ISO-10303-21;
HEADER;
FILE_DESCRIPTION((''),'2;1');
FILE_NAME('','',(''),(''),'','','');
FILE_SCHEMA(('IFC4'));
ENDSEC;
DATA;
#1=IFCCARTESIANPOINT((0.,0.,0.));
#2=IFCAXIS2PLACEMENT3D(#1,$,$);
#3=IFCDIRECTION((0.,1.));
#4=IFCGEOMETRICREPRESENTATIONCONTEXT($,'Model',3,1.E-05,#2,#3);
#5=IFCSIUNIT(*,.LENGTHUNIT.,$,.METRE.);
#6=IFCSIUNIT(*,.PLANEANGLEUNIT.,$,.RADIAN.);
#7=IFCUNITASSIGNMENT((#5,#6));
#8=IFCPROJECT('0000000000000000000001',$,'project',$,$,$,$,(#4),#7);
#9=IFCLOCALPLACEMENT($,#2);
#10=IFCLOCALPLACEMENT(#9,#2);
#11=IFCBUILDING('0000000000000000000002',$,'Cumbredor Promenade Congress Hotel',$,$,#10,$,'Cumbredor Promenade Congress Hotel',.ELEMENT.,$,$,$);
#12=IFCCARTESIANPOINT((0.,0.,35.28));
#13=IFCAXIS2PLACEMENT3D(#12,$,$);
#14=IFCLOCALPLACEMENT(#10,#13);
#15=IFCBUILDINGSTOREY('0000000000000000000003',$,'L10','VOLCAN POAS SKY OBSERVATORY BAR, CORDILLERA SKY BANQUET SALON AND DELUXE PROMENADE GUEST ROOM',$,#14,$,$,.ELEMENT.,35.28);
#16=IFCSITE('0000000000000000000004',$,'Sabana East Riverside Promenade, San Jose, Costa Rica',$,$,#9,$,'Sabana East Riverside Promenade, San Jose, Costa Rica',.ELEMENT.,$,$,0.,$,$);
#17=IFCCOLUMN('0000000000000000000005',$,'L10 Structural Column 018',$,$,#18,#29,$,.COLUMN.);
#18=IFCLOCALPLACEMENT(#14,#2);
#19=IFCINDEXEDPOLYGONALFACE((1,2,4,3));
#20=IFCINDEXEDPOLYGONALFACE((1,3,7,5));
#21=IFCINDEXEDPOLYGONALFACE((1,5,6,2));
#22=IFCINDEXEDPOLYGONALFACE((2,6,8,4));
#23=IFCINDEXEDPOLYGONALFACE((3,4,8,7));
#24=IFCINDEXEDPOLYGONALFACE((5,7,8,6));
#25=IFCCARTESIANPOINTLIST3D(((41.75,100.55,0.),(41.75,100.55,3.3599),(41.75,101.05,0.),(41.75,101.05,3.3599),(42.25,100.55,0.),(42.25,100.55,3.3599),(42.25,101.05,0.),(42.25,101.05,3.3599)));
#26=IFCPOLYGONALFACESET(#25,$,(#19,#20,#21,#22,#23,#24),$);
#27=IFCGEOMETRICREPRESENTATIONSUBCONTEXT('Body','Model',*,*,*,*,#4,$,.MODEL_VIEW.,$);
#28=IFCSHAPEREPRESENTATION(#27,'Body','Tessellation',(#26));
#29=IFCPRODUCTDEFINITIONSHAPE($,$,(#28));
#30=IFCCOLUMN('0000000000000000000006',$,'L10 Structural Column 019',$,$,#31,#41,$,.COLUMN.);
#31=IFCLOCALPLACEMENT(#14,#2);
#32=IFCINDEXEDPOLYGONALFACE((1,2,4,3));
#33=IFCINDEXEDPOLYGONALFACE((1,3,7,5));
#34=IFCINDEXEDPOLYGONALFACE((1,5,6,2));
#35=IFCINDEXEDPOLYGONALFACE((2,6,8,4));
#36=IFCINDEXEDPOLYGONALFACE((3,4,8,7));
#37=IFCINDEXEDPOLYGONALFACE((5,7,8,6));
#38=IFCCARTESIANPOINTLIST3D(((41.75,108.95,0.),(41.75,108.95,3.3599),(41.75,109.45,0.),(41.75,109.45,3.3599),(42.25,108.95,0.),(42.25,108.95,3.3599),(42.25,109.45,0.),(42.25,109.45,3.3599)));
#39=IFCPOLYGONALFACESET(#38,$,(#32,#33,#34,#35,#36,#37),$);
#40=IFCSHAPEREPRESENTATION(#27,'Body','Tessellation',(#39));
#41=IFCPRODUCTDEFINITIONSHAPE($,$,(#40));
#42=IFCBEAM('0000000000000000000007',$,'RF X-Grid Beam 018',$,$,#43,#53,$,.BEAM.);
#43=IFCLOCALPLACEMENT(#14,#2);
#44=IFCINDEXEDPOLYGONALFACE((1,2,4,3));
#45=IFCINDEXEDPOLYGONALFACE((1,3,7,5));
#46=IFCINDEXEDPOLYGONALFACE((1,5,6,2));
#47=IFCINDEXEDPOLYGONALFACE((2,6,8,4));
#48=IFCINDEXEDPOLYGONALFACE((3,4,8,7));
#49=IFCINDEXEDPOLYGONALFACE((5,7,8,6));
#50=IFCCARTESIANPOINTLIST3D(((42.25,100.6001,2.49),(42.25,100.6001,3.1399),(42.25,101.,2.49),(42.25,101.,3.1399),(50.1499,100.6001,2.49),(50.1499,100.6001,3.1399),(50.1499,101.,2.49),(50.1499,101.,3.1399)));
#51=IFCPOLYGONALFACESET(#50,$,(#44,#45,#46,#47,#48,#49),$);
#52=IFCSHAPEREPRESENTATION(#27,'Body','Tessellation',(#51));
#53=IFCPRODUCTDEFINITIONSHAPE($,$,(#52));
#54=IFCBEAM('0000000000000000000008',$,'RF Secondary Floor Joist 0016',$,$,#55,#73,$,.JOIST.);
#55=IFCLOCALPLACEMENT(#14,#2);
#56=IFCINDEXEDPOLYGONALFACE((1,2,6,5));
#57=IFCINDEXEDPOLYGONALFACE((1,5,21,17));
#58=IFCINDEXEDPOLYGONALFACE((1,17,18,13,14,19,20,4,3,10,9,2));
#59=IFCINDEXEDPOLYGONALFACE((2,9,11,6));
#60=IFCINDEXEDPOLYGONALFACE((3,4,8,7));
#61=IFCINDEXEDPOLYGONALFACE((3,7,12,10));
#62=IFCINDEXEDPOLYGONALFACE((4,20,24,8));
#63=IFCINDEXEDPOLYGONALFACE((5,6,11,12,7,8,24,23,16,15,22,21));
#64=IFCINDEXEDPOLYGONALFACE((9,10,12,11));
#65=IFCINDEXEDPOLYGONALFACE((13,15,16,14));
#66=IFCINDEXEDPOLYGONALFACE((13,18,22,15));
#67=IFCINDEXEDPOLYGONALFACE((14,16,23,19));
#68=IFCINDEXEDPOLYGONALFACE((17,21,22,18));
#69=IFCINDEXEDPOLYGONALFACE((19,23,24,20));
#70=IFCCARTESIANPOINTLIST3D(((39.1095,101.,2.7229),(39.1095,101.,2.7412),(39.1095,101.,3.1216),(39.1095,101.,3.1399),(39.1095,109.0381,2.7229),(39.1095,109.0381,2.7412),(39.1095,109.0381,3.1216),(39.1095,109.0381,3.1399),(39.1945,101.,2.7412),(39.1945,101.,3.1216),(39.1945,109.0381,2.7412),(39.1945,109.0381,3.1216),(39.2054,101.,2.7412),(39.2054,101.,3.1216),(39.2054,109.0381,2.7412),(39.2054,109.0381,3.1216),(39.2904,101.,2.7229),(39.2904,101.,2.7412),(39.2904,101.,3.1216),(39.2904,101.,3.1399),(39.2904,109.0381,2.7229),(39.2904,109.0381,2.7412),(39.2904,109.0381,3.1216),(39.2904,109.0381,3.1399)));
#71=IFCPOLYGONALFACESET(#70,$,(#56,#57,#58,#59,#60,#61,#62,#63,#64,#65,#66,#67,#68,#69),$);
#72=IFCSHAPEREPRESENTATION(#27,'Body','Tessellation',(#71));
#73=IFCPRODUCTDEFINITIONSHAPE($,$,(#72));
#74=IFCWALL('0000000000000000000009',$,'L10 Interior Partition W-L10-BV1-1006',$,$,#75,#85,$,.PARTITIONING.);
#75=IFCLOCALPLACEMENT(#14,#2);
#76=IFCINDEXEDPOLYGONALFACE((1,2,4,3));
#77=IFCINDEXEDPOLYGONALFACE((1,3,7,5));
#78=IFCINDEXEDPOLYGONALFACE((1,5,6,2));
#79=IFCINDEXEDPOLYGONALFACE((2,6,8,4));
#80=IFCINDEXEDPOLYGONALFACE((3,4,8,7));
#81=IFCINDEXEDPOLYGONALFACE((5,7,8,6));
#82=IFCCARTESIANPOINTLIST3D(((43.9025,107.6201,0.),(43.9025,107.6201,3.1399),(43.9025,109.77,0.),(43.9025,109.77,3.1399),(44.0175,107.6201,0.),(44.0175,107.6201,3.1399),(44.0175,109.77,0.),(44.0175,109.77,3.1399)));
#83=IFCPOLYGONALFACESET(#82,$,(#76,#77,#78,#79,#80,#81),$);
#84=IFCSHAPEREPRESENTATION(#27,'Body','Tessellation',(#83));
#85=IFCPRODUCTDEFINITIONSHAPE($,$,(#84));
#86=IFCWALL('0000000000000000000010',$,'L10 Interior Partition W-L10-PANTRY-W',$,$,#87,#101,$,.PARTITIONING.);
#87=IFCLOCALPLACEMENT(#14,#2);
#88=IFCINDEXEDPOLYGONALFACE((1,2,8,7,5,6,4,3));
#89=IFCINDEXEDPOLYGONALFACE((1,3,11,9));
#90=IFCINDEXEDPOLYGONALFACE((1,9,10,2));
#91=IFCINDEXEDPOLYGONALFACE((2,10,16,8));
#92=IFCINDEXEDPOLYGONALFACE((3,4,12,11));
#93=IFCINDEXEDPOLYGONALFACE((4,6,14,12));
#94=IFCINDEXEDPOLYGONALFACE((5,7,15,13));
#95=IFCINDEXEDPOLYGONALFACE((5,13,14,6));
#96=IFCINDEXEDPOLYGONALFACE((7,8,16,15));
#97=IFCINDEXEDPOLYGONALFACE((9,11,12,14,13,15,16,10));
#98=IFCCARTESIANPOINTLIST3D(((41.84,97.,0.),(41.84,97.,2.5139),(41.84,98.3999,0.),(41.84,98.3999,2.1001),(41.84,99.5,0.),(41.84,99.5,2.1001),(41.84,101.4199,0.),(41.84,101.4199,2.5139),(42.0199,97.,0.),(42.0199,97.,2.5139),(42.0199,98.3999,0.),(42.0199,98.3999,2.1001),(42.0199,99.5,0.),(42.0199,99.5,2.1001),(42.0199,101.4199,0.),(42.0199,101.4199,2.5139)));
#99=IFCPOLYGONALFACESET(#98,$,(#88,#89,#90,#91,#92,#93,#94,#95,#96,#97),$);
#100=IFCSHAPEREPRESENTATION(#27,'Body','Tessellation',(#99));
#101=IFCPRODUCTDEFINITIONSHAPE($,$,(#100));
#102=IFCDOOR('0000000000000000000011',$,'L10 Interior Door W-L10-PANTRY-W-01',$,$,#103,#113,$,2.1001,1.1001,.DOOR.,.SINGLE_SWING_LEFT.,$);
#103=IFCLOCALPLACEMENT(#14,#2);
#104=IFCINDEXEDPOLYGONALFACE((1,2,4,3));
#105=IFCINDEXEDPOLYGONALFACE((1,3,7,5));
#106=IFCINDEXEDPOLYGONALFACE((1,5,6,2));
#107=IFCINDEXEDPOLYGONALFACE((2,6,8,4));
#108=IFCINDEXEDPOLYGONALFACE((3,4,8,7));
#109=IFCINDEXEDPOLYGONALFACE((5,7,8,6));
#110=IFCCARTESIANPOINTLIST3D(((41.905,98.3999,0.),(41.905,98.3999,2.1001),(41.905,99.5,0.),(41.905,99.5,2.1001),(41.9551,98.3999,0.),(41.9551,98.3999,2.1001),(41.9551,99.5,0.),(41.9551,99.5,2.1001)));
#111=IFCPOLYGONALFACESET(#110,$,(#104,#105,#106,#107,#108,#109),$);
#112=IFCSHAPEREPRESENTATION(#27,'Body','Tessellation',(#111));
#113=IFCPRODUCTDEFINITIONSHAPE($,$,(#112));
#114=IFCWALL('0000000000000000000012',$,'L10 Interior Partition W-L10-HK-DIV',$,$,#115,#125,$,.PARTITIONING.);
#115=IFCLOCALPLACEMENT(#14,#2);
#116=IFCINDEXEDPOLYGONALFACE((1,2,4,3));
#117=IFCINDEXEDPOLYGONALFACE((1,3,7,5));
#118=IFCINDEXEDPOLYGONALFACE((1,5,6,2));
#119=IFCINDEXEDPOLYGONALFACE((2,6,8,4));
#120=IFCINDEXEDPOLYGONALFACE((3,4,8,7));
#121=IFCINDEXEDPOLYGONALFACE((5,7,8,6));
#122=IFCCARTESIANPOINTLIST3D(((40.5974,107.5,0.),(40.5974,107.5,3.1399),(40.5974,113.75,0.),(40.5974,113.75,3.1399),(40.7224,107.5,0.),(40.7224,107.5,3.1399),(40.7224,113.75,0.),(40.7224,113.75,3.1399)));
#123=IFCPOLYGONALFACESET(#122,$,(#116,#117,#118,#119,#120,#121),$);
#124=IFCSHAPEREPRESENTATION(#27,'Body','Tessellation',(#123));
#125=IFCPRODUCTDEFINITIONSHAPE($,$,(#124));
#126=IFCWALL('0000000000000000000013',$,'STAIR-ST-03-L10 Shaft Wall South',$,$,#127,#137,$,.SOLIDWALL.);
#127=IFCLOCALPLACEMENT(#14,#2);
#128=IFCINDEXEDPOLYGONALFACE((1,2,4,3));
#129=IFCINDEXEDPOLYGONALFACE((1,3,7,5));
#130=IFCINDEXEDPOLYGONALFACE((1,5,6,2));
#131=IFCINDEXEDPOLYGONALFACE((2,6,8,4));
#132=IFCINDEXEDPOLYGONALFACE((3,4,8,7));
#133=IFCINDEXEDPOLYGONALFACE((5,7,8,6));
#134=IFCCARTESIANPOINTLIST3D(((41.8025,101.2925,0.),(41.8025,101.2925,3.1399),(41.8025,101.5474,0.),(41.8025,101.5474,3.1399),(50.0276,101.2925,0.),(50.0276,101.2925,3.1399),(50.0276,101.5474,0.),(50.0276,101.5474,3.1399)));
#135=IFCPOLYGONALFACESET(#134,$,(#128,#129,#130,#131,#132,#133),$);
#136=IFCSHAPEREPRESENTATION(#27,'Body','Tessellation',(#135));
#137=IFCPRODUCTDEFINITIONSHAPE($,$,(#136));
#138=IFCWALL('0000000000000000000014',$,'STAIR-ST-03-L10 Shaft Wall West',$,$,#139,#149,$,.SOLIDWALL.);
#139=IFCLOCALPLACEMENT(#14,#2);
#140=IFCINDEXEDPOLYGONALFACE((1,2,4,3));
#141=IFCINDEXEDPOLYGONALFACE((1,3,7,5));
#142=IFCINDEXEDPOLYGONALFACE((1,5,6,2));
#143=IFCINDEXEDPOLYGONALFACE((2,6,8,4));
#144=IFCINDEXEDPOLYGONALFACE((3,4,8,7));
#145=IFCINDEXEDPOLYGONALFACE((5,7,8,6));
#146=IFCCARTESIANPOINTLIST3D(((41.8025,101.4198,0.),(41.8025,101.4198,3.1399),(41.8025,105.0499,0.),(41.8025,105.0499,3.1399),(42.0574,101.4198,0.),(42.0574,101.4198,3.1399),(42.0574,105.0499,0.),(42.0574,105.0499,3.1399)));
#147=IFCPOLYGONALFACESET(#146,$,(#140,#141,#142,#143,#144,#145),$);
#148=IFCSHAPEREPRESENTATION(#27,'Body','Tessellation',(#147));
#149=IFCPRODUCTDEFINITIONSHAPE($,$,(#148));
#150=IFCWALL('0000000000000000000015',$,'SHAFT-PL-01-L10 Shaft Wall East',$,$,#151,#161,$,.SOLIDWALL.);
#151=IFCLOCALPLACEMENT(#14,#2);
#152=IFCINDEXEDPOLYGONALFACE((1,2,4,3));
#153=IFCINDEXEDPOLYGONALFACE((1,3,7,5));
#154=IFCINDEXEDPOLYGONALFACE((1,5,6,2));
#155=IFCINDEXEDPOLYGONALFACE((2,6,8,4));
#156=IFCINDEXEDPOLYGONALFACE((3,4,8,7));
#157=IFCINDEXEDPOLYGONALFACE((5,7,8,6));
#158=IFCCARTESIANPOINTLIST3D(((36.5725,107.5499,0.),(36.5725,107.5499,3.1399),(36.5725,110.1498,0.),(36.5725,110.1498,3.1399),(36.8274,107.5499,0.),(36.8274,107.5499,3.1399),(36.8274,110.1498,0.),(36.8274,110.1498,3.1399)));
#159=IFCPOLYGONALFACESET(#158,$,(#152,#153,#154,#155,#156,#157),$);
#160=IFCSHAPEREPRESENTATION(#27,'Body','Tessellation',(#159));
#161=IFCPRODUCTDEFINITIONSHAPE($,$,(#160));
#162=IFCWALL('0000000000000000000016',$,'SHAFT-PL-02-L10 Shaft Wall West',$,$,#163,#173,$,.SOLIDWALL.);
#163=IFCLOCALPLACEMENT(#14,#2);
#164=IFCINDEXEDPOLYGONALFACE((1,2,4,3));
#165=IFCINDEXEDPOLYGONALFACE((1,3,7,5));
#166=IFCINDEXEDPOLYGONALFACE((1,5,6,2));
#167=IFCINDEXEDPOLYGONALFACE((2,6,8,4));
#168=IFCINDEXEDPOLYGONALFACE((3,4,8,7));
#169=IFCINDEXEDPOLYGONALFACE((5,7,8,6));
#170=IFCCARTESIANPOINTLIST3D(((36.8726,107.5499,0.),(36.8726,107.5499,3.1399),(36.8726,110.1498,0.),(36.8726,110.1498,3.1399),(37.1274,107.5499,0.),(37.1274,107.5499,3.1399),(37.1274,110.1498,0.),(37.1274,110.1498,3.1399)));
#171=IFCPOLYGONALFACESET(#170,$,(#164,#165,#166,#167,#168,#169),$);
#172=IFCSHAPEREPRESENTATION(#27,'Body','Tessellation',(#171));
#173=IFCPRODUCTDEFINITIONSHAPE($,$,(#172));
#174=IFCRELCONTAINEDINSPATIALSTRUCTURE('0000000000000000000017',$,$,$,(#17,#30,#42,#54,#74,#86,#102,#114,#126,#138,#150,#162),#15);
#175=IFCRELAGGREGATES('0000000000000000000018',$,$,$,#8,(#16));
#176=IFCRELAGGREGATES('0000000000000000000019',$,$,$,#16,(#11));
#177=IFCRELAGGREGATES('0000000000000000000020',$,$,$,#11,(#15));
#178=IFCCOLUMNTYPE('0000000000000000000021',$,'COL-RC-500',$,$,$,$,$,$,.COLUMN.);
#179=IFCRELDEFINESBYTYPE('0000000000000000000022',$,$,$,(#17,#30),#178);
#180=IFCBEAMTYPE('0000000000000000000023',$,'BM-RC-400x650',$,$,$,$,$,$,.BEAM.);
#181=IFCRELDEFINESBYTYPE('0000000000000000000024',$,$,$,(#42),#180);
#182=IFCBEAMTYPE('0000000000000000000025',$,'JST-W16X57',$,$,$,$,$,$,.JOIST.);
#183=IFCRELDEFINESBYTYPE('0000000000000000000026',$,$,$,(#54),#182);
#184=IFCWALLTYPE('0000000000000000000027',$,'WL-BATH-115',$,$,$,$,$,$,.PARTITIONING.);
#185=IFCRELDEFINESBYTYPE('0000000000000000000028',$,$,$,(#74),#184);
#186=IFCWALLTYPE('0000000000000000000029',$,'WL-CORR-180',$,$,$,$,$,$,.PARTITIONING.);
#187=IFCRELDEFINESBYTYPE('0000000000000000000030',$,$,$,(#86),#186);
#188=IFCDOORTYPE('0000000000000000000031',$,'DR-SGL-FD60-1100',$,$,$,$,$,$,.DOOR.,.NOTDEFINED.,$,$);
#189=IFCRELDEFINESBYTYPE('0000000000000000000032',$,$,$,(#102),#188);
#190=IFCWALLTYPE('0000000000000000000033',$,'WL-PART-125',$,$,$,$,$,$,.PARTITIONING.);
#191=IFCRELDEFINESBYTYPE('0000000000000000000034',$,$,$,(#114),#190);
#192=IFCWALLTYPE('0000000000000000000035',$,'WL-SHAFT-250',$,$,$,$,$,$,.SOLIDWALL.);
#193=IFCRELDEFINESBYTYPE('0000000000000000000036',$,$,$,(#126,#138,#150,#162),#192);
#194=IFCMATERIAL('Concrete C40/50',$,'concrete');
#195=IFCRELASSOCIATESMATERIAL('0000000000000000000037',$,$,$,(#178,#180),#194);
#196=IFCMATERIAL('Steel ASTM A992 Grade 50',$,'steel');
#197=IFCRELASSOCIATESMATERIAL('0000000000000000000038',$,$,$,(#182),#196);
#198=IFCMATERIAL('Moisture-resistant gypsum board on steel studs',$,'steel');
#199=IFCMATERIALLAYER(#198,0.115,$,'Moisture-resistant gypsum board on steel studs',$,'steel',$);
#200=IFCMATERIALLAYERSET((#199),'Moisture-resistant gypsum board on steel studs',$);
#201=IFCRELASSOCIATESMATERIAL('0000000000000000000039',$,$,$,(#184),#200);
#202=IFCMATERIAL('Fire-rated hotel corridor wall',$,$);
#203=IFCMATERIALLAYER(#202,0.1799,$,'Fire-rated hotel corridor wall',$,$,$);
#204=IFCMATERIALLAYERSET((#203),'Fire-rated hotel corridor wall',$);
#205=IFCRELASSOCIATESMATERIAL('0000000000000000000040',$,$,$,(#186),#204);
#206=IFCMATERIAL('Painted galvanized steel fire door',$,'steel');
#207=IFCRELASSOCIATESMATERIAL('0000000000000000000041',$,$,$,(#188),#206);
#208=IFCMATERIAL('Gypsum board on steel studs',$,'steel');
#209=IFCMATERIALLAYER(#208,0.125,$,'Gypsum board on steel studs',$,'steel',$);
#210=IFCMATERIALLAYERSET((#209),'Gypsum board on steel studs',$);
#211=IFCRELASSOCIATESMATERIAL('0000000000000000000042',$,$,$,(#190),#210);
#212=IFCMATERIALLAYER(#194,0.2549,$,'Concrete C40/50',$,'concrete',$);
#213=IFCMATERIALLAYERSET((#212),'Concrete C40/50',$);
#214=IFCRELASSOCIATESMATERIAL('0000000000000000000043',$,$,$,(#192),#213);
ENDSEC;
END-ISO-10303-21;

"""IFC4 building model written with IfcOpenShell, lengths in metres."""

from ifc_helpers import new_model, si_unit, direction, frame, frame_2d, origin, origin_2d, place, context, subcontext, project, spatial, rectangle, i_section, extrude, material, layer, layer_set, material_profile, profile_set, type_object, element, fill, save


model = new_model("IFC4")

# Units and contexts
model_context = context("Model", 3, precision=1e-05, world=origin(), true_north=direction((0.0, 1.0)))
body_context = subcontext(model_context, "Body", "Model", "MODEL_VIEW")
ifc_project = project(units=[si_unit("LENGTHUNIT", "METRE"), si_unit("PLANEANGLEUNIT", "RADIAN")], contexts=[model_context])

# Site, building, storey
site_placement = place(None, origin())
site = spatial("IfcSite", under=ifc_project, at=site_placement, Name="Sabana East Riverside Promenade, San Jose, Costa Rica", LongName="Sabana East Riverside Promenade, San Jose, Costa Rica", CompositionType="ELEMENT", RefElevation=0.0)
building_placement = place(site_placement, origin())
building = spatial("IfcBuilding", under=site, at=building_placement, Name="Cumbredor Promenade Congress Hotel", LongName="Cumbredor Promenade Congress Hotel", CompositionType="ELEMENT")
storey_placement = place(building_placement, frame((0.0, 0.0, 35.28)))
storey = spatial("IfcBuildingStorey", under=building, at=storey_placement, Name="L10", Description="VOLCAN POAS SKY OBSERVATORY BAR, CORDILLERA SKY BANQUET SALON AND DELUXE PROMENADE GUEST ROOM", CompositionType="ELEMENT", Elevation=35.28)

# Columns
ifc_material_1 = material(Name="Concrete C40/50", Category="concrete")
ifc_material_profile_1 = material_profile(ifc_material_1, rectangle(XDim=0.5, YDim=0.5, at=origin_2d()), Name="RC 500x500")
ifc_profile_set_1 = profile_set([ifc_material_profile_1], Name="Concrete C40/50")
column_type = type_object("IfcColumnType", Name="COL-RC-500", PredefinedType="COLUMN", material=ifc_profile_set_1)
for number, where, z_axis, x_axis, name in (
    (1, (42.0, 100.8, 0.0), (0.0, 0.0, 1.0), (1.0, 0.0, 0.0), "L10 Structural Column 018"),
    (2, (42.0, 109.2, 0.0), (0.0, 0.0, 1.0), (1.0, 0.0, 0.0), "L10 Structural Column 019"),
):
    element("IfcColumn", number, at=place(storey_placement, frame(where, z_axis=z_axis, x_axis=x_axis)), inside=storey, type_object=column_type, Name=name, PredefinedType="COLUMN", context=body_context, shape_type="SweptSolid", body=[
        extrude(rectangle(XDim=0.5, YDim=0.5, at=origin_2d()), origin(), (0.0, 0.0, 1.0), 3.3599),
    ])

# Beams
ifc_material_profile_2 = material_profile(ifc_material_1, rectangle(XDim=0.3999, YDim=0.6499, at=origin_2d()), Name="RC BEAM 400x650")
ifc_profile_set_2 = profile_set([ifc_material_profile_2], Name="Concrete C40/50")
beam_type_1 = type_object("IfcBeamType", Name="BM-RC-400x650", PredefinedType="BEAM", material=ifc_profile_set_2)
beam_1_placement = place(storey_placement, frame((42.25, 100.8, 2.8149), z_axis=(1.0, 0.0, 0.0), x_axis=(0.0, 1.0, 0.0)))
element("IfcBeam", 3, at=beam_1_placement, inside=storey, type_object=beam_type_1, Name="RF X-Grid Beam 018", PredefinedType="BEAM", context=body_context, shape_type="SweptSolid", body=[
    extrude(rectangle(XDim=0.3999, YDim=0.6499, at=origin_2d()), origin(), (0.0, 0.0, 1.0), 7.8999),
])
ifc_material_2 = material(Name="Steel ASTM A992 Grade 50", Category="steel")
ifc_material_profile_3 = material_profile(ifc_material_2, i_section(OverallWidth=0.1809, OverallDepth=0.417, WebThickness=0.011, FlangeThickness=0.0183, at=origin_2d()), Name="W16X57")
ifc_profile_set_3 = profile_set([ifc_material_profile_3], Name="Steel ASTM A992 Grade 50")
beam_type_2 = type_object("IfcBeamType", Name="JST-W16X57", PredefinedType="JOIST", material=ifc_profile_set_3)
beam_2_placement = place(storey_placement, frame((39.2, 101.0, 2.9314), z_axis=(0.0, 1.0, 0.0), x_axis=(-1.0, 0.0, 0.0)))
element("IfcBeam", 4, at=beam_2_placement, inside=storey, type_object=beam_type_2, Name="RF Secondary Floor Joist 0016", PredefinedType="JOIST", context=body_context, shape_type="SweptSolid", body=[
    extrude(i_section(OverallWidth=0.1809, OverallDepth=0.417, WebThickness=0.011, FlangeThickness=0.0183, at=origin_2d()), origin(), (0.0, 0.0, 1.0), 8.0381),
])

# Wall
ifc_material_3 = material(Name="Moisture-resistant gypsum board on steel studs", Category="steel")
ifc_layer_1 = layer(ifc_material_3, 0.115, Name="Moisture-resistant gypsum board on steel studs", Category="steel")
ifc_layer_set_1 = layer_set([ifc_layer_1], Name="Moisture-resistant gypsum board on steel studs")
wall_type_1 = type_object("IfcWallType", Name="WL-BATH-115", PredefinedType="PARTITIONING", material=ifc_layer_set_1)
wall_1_placement = place(storey_placement, frame((43.96, 107.6201, 0.0), z_axis=(0.0, 0.0, 1.0), x_axis=(0.0, 1.0, 0.0)))
element("IfcWall", 5, at=wall_1_placement, inside=storey, type_object=wall_type_1, Name="L10 Interior Partition W-L10-BV1-1006", PredefinedType="PARTITIONING", context=body_context, shape_type="SweptSolid", body=[
    extrude(rectangle(XDim=2.1499, YDim=0.115, at=frame_2d((1.075, 0.0))), origin(), (0.0, 0.0, 1.0), 3.1399),
])

# Shared definitions
ifc_material_4 = material(Name="Fire-rated hotel corridor wall")
ifc_layer_2 = layer(ifc_material_4, 0.1799, Name="Fire-rated hotel corridor wall")
ifc_layer_set_2 = layer_set([ifc_layer_2], Name="Fire-rated hotel corridor wall")
wall_type_2 = type_object("IfcWallType", Name="WL-CORR-180", PredefinedType="PARTITIONING", material=ifc_layer_set_2)
ifc_material_5 = material(Name="Painted galvanized steel fire door", Category="steel")

# Wall, opening, door
wall_2_placement = place(storey_placement, frame((41.9299, 97.0, 0.0), z_axis=(0.0, 0.0, 1.0), x_axis=(0.0, 1.0, 0.0)))
wall_2 = element("IfcWall", 6, at=wall_2_placement, inside=storey, type_object=wall_type_2, Name="L10 Interior Partition W-L10-PANTRY-W", PredefinedType="PARTITIONING", context=body_context, shape_type="SweptSolid", body=[
    extrude(rectangle(XDim=4.4199, YDim=0.1799, at=frame_2d((2.21, 0.0))), origin(), (0.0, 0.0, 1.0), 2.5139),
])
opening_1_placement = place(wall_2_placement, frame((1.3999, 0.0, 0.0)))
opening_1 = element("IfcOpeningElement", 7, at=opening_1_placement, cuts=wall_2, PredefinedType="OPENING", context=body_context, shape_type="SweptSolid", body=[
    extrude(rectangle(XDim=1.1001, YDim=2.1001, at=frame_2d((0.55, 1.05))), frame((0.0, 0.1001, 0.0), z_axis=(0.0, -1.0, 0.0), x_axis=(1.0, 0.0, 0.0)), (0.0, 0.0, 1.0), 0.2),
])
door_type_1 = type_object("IfcDoorType", Name="DR-SGL-FD60-1100", OperationType="NOTDEFINED", PredefinedType="DOOR", material=ifc_material_5)
door_1_placement = place(opening_1_placement, origin())
door_1 = element("IfcDoor", 8, at=door_1_placement, inside=storey, type_object=door_type_1, Name="L10 Interior Door W-L10-PANTRY-W-01", OperationType="SINGLE_SWING_LEFT", OverallHeight=2.1001, OverallWidth=1.1001, PredefinedType="DOOR", context=body_context, shape_type="SweptSolid", body=[
    extrude(rectangle(XDim=1.1001, YDim=2.1001, at=frame_2d((0.55, 1.05))), frame((0.0, 0.0249, 0.0), z_axis=(0.0, -1.0, 0.0), x_axis=(1.0, 0.0, 0.0)), (0.0, 0.0, 1.0), 0.05),
])
fill(opening_1, door_1)

# Walls
ifc_material_6 = material(Name="Gypsum board on steel studs", Category="steel")
ifc_layer_3 = layer(ifc_material_6, 0.125, Name="Gypsum board on steel studs", Category="steel")
ifc_layer_set_3 = layer_set([ifc_layer_3], Name="Gypsum board on steel studs")
wall_type_3 = type_object("IfcWallType", Name="WL-PART-125", PredefinedType="PARTITIONING", material=ifc_layer_set_3)
wall_3_placement = place(storey_placement, frame((40.6599, 107.5, 0.0), z_axis=(0.0, 0.0, 1.0), x_axis=(0.0, 1.0, 0.0)))
element("IfcWall", 9, at=wall_3_placement, inside=storey, type_object=wall_type_3, Name="L10 Interior Partition W-L10-HK-DIV", PredefinedType="PARTITIONING", context=body_context, shape_type="SweptSolid", body=[
    extrude(rectangle(XDim=6.25, YDim=0.125, at=frame_2d((3.125, 0.0))), origin(), (0.0, 0.0, 1.0), 3.1399),
])
ifc_layer_4 = layer(ifc_material_1, 0.2549, Name="Concrete C40/50", Category="concrete")
ifc_layer_set_4 = layer_set([ifc_layer_4], Name="Concrete C40/50")
wall_type_4 = type_object("IfcWallType", Name="WL-SHAFT-250", PredefinedType="SOLIDWALL", material=ifc_layer_set_4)
wall_4_placement = place(storey_placement, frame((41.8025, 101.4199, 0.0), z_axis=(0.0, 0.0, 1.0), x_axis=(1.0, 0.0, 0.0)))
element("IfcWall", 10, at=wall_4_placement, inside=storey, type_object=wall_type_4, Name="STAIR-ST-03-L10 Shaft Wall South", PredefinedType="SOLIDWALL", context=body_context, shape_type="SweptSolid", body=[
    extrude(rectangle(XDim=8.2251, YDim=0.2549, at=frame_2d((4.1125, 0.0))), origin(), (0.0, 0.0, 1.0), 3.1399),
])

# Walls
wall_5_placement = place(storey_placement, frame((41.9299, 101.4199, 0.0), z_axis=(0.0, 0.0, 1.0), x_axis=(0.0, 1.0, 0.0)))
element("IfcWall", 11, at=wall_5_placement, inside=storey, type_object=wall_type_4, Name="STAIR-ST-03-L10 Shaft Wall West", PredefinedType="SOLIDWALL", context=body_context, shape_type="SweptSolid", body=[
    extrude(rectangle(XDim=3.6301, YDim=0.2549, at=frame_2d((1.8149, 0.0))), origin(), (0.0, 0.0, 1.0), 3.1399),
])
wall_6_placement = place(storey_placement, frame((36.7, 107.55, 0.0), z_axis=(0.0, 0.0, 1.0), x_axis=(0.0, 1.0, 0.0)))
element("IfcWall", 12, at=wall_6_placement, inside=storey, type_object=wall_type_4, Name="SHAFT-PL-01-L10 Shaft Wall East", PredefinedType="SOLIDWALL", context=body_context, shape_type="SweptSolid", body=[
    extrude(rectangle(XDim=2.5999, YDim=0.2549, at=frame_2d((1.2998, 0.0))), origin(), (0.0, 0.0, 1.0), 3.1399),
])

# Wall
for number, where, z_axis, x_axis, name in (
    (13, (37.0, 107.55, 0.0), (0.0, 0.0, 1.0), (0.0, 1.0, 0.0), "SHAFT-PL-02-L10 Shaft Wall West"),
):
    element("IfcWall", number, at=place(storey_placement, frame(where, z_axis=z_axis, x_axis=x_axis)), inside=storey, type_object=wall_type_4, Name=name, PredefinedType="SOLIDWALL", context=body_context, shape_type="SweptSolid", body=[
        extrude(rectangle(XDim=2.5999, YDim=0.2549, at=frame_2d((1.2998, 0.0))), origin(), (0.0, 0.0, 1.0), 3.1399),
    ])

save(model, "model.ifc")
